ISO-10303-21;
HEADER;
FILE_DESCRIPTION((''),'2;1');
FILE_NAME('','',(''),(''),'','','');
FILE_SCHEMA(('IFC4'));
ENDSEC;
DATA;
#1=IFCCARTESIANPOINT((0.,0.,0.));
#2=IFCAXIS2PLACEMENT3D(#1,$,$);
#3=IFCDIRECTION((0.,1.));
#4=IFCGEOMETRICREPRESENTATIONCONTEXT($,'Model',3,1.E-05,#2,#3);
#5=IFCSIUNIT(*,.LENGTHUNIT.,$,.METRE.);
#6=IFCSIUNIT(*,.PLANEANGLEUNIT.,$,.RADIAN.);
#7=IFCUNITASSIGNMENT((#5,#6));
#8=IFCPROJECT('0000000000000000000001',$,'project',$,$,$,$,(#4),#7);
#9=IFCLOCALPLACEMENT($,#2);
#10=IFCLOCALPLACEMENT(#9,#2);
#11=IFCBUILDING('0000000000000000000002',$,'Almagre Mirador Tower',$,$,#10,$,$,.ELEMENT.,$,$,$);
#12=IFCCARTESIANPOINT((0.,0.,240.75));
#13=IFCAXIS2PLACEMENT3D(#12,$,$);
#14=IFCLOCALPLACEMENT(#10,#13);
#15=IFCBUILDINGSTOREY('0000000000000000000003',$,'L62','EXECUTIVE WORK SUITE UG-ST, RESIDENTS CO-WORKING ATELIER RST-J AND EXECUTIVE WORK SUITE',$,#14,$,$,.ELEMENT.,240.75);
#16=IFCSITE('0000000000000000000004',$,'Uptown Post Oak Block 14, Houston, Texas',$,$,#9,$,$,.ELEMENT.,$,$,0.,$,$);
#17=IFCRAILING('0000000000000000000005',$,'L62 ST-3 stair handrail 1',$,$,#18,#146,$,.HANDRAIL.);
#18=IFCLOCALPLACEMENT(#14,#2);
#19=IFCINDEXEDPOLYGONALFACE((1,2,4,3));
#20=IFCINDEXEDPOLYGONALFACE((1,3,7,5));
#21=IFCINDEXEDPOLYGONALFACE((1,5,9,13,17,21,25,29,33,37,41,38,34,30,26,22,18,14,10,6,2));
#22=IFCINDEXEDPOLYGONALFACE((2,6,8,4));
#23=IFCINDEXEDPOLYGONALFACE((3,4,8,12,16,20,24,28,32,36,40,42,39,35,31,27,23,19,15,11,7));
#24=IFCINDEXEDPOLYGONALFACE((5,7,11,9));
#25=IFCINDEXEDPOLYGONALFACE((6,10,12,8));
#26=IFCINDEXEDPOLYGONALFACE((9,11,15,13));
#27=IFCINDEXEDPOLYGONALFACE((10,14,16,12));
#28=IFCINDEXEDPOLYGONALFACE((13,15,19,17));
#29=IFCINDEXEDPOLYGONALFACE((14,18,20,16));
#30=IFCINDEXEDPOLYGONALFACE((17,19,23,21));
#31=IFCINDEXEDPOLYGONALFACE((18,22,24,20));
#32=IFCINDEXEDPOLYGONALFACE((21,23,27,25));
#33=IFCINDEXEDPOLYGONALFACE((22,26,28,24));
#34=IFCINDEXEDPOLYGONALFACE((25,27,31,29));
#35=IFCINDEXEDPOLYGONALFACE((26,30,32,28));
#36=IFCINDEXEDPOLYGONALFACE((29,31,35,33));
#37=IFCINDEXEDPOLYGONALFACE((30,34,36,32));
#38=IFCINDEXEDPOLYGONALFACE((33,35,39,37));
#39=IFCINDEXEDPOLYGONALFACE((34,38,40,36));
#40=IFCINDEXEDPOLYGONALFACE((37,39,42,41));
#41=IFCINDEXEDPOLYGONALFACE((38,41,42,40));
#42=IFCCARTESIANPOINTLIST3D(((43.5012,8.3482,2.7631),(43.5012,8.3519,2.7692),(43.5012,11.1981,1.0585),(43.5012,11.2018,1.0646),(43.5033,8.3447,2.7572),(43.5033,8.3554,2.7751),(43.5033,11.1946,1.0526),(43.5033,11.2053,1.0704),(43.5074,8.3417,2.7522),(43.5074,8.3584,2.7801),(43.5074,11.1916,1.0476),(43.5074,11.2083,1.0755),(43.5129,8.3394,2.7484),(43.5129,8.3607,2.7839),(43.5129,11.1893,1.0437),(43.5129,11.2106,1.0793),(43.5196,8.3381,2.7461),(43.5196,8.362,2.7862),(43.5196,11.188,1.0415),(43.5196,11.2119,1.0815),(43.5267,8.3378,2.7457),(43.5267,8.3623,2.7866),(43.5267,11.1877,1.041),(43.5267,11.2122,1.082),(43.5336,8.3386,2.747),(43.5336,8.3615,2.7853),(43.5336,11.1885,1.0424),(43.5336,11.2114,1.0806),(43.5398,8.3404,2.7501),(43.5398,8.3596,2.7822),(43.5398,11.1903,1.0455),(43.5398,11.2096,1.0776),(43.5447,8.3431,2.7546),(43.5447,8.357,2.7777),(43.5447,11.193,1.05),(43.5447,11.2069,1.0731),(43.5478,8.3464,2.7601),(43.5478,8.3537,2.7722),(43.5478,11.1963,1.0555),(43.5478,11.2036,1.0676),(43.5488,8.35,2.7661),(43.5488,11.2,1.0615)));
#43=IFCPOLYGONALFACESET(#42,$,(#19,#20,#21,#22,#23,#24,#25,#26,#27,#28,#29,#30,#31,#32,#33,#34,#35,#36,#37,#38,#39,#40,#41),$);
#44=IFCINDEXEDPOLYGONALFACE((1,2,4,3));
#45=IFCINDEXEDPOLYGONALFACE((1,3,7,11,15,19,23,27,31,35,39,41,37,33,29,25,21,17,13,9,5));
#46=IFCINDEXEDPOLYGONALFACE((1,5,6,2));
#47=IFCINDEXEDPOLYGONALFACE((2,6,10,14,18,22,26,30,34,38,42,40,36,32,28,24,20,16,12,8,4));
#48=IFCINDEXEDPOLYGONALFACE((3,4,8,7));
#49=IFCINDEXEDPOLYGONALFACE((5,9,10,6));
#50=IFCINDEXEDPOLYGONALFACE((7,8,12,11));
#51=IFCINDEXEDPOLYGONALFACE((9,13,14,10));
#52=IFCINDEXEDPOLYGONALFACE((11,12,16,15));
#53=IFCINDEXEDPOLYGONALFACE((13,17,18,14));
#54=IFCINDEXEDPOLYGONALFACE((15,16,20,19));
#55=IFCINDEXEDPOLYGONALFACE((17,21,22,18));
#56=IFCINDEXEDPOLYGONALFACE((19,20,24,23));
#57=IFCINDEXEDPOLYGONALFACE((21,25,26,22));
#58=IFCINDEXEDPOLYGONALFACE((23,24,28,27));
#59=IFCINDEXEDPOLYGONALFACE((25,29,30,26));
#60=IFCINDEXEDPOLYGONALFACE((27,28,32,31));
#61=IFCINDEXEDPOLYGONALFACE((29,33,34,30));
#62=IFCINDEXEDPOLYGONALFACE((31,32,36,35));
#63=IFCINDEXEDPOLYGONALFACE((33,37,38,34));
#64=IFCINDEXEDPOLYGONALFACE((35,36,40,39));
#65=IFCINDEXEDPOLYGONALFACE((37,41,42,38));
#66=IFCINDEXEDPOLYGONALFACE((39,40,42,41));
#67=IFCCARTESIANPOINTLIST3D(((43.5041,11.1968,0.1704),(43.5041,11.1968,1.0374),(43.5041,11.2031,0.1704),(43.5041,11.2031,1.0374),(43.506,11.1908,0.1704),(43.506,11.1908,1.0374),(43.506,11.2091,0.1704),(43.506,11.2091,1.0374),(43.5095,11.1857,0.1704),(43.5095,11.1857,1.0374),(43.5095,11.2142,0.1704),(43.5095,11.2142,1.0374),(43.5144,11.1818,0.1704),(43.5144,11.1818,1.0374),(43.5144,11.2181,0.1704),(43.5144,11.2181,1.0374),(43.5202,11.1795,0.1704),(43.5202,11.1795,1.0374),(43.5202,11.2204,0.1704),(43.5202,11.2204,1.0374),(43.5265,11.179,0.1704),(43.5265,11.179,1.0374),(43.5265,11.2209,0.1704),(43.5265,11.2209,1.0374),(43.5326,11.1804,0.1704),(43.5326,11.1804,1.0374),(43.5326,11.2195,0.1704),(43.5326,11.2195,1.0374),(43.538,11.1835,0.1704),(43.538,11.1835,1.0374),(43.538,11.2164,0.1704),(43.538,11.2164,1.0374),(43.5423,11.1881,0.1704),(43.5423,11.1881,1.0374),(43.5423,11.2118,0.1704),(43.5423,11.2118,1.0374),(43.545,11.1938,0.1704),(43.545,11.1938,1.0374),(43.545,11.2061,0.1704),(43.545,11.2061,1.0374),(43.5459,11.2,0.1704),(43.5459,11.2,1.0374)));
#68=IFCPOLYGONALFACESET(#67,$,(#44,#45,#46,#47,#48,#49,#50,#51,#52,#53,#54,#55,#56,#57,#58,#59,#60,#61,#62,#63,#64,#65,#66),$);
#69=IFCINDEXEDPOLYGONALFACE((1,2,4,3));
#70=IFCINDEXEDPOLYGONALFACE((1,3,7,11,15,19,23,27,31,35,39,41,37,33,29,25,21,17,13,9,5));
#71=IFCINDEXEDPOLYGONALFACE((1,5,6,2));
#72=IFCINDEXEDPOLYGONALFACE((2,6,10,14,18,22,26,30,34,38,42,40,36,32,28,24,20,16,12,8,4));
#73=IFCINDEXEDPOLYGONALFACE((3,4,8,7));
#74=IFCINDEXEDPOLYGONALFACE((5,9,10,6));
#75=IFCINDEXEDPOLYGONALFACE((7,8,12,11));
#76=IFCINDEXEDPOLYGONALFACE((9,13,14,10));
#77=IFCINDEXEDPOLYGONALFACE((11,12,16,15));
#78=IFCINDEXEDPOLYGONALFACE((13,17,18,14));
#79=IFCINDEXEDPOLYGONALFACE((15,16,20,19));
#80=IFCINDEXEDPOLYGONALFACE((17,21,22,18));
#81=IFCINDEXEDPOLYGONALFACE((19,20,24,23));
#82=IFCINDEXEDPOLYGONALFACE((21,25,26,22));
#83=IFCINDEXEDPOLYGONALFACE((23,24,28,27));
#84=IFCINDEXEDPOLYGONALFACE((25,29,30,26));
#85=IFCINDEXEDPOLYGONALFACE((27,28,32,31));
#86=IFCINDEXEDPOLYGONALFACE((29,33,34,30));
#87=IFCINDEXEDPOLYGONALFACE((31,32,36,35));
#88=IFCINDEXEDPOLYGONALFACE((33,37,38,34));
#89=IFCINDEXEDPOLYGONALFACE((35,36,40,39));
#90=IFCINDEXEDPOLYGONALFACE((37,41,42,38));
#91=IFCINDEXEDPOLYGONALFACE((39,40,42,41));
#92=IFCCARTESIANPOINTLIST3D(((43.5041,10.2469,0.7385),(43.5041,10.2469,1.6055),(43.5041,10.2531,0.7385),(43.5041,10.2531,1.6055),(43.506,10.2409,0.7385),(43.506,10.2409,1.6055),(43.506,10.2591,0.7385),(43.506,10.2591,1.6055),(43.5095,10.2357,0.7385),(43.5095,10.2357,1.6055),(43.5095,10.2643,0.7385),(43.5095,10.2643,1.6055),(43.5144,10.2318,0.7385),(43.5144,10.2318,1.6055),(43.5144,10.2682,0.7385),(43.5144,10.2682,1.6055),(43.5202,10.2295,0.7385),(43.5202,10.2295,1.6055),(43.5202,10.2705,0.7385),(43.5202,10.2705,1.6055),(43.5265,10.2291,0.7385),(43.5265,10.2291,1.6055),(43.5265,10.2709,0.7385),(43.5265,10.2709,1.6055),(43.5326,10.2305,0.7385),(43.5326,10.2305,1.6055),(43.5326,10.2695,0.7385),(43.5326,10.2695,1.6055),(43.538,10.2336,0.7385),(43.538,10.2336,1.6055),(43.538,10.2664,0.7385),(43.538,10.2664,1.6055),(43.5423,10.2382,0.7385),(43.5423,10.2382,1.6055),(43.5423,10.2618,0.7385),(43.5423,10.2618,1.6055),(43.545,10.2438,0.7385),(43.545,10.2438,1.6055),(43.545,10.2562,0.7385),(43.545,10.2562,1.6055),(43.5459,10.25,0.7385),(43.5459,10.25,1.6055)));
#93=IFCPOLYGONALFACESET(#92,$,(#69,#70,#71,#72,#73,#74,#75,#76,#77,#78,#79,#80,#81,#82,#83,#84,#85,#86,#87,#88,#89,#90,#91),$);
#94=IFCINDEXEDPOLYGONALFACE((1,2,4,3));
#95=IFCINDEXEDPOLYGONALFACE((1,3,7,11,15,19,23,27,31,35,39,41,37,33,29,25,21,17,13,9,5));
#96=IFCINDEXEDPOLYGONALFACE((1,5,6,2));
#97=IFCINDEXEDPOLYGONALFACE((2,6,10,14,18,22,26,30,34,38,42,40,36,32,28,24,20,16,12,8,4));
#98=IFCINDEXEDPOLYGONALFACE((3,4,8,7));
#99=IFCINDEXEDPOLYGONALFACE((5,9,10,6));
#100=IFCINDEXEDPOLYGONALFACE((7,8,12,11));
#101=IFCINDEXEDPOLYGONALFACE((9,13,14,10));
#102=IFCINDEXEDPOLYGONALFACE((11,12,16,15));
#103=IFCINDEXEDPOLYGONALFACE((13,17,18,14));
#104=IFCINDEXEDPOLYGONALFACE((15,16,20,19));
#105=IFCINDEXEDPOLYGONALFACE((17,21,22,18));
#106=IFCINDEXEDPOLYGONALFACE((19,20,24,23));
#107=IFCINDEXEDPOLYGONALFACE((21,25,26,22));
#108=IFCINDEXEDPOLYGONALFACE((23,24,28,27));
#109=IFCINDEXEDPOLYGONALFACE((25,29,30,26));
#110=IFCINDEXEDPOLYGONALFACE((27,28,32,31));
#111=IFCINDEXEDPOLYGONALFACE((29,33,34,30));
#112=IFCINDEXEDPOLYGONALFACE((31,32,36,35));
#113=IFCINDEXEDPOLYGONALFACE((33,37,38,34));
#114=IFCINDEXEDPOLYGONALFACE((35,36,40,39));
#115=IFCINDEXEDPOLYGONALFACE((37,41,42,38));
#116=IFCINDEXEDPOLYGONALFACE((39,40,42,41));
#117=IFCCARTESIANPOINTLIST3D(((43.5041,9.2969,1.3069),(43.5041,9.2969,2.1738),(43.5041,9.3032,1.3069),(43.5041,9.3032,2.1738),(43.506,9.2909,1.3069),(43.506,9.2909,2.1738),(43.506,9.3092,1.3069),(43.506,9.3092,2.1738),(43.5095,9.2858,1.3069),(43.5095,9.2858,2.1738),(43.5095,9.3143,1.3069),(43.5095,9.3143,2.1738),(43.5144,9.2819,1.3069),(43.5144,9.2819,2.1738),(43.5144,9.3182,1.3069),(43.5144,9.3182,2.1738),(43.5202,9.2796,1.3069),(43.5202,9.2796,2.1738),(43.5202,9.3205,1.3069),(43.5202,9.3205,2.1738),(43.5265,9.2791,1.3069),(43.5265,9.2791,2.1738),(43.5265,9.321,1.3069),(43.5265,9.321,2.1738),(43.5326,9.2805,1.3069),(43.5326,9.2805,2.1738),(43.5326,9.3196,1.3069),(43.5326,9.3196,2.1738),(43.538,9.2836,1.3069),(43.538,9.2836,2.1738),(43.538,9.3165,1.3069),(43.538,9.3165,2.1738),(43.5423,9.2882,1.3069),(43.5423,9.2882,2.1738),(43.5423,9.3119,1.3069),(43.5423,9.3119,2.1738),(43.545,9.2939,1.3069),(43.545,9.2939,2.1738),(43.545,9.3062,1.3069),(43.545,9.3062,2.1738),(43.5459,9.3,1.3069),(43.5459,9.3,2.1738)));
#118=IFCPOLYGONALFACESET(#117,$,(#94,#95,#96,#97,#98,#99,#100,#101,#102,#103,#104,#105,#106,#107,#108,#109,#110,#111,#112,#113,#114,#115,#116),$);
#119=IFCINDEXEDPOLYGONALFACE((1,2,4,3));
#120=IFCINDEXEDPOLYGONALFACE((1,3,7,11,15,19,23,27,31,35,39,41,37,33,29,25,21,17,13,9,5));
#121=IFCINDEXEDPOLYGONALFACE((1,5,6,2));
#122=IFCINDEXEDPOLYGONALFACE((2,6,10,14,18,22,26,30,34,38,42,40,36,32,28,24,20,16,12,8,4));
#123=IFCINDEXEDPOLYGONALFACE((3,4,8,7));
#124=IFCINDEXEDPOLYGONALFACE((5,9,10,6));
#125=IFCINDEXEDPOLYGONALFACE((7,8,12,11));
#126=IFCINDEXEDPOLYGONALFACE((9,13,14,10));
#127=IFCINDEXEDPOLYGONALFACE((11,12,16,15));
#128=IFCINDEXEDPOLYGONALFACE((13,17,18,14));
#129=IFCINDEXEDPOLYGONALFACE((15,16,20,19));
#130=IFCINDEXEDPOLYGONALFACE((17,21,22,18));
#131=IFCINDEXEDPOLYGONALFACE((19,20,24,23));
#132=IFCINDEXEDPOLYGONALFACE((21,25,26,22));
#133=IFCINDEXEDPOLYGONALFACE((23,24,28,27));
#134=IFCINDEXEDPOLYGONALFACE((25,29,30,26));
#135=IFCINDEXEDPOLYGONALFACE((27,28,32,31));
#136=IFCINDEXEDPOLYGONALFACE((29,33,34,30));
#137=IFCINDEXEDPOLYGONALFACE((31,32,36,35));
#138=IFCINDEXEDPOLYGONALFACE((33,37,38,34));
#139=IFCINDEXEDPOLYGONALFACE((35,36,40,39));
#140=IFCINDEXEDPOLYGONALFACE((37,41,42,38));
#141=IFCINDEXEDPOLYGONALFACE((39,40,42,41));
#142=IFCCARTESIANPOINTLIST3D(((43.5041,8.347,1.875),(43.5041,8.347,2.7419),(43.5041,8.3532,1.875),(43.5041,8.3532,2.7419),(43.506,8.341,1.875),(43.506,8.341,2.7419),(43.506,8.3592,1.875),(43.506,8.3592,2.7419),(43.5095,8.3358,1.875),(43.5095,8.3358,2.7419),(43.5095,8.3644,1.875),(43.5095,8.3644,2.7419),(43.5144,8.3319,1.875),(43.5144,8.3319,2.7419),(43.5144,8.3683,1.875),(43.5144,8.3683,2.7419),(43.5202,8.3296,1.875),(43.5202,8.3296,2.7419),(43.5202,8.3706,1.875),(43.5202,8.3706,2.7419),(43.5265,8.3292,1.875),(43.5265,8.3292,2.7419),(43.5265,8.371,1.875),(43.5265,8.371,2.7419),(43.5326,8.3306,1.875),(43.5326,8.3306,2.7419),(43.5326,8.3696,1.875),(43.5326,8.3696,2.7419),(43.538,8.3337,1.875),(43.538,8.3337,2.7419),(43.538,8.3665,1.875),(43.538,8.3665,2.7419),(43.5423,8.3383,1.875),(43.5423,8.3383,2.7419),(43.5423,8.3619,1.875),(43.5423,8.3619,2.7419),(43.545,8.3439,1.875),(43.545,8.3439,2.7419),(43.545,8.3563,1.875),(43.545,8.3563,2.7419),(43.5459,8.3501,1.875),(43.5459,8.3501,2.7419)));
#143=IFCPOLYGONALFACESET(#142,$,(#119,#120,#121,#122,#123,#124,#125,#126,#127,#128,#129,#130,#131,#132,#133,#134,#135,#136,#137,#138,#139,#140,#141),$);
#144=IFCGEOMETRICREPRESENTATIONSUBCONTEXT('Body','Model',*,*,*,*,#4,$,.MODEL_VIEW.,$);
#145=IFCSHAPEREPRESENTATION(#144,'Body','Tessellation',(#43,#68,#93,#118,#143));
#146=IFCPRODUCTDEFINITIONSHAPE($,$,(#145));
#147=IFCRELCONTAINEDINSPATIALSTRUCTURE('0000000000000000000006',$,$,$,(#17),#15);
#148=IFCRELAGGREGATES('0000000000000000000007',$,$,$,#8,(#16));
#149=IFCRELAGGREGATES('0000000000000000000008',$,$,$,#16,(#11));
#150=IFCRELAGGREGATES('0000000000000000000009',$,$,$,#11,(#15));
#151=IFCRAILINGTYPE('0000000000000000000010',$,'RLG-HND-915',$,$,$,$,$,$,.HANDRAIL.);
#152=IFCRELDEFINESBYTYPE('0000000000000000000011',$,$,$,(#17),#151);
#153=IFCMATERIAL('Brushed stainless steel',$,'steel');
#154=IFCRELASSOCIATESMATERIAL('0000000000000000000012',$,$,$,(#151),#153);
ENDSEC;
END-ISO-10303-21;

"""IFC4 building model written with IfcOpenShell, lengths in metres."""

from ifc_helpers import new_model, si_unit, direction, frame, origin, origin_2d, place, context, subcontext, project, spatial, circle, extrude, material, type_object, element, save


model = new_model("IFC4")

# Units and contexts
model_context = context("Model", 3, precision=1e-05, world=origin(), true_north=direction((0.0, 1.0)))
body_context = subcontext(model_context, "Body", "Model", "MODEL_VIEW")
ifc_project = project(units=[si_unit("LENGTHUNIT", "METRE"), si_unit("PLANEANGLEUNIT", "RADIAN")], contexts=[model_context])

# Site, building, storey
site_placement = place(None, origin())
site = spatial("IfcSite", under=ifc_project, at=site_placement, Name="Uptown Post Oak Block 14, Houston, Texas", CompositionType="ELEMENT", RefElevation=0.0)
building_placement = place(site_placement, origin())
building = spatial("IfcBuilding", under=site, at=building_placement, Name="Almagre Mirador Tower", CompositionType="ELEMENT")
storey_placement = place(building_placement, frame((0.0, 0.0, 240.75)))
storey = spatial("IfcBuildingStorey", under=building, at=storey_placement, Name="L62", Description="EXECUTIVE WORK SUITE UG-ST, RESIDENTS CO-WORKING ATELIER RST-J AND EXECUTIVE WORK SUITE", CompositionType="ELEMENT", Elevation=240.75)

# Railing
ifc_material_1 = material(Name="Brushed stainless steel", Category="steel")
railing_type_1 = type_object("IfcRailingType", Name="RLG-HND-915", PredefinedType="HANDRAIL", material=ifc_material_1)
railing_1_placement = place(storey_placement, frame((43.5249, 11.2, 0.1704)))
element("IfcRailing", 1, at=railing_1_placement, inside=storey, type_object=railing_type_1, Name="L62 ST-3 stair handrail 1", PredefinedType="HANDRAIL", context=body_context, shape_type="SweptSolid", body=[
    extrude(circle(Radius=0.0239, at=origin_2d()), frame((0.0, 0.0, 0.8911), z_axis=(0.0, -0.858199, 0.513317), x_axis=(1.0, 0.0, 0.0)), (0.0, 0.0, 1.0), 3.3208),
    extrude(circle(Radius=0.021, at=origin_2d()), origin(), (0.0, 0.0, 1.0), 0.8669),
    extrude(circle(Radius=0.021, at=origin_2d()), frame((0.0, -0.95, 0.5681)), (0.0, 0.0, 1.0), 0.8669),
    extrude(circle(Radius=0.021, at=origin_2d()), frame((0.0, -1.8999, 1.1365)), (0.0, 0.0, 1.0), 0.8669),
    extrude(circle(Radius=0.021, at=origin_2d()), frame((0.0, -2.8499, 1.7046)), (0.0, 0.0, 1.0), 0.8669),
])

save(model, "model.ifc")
